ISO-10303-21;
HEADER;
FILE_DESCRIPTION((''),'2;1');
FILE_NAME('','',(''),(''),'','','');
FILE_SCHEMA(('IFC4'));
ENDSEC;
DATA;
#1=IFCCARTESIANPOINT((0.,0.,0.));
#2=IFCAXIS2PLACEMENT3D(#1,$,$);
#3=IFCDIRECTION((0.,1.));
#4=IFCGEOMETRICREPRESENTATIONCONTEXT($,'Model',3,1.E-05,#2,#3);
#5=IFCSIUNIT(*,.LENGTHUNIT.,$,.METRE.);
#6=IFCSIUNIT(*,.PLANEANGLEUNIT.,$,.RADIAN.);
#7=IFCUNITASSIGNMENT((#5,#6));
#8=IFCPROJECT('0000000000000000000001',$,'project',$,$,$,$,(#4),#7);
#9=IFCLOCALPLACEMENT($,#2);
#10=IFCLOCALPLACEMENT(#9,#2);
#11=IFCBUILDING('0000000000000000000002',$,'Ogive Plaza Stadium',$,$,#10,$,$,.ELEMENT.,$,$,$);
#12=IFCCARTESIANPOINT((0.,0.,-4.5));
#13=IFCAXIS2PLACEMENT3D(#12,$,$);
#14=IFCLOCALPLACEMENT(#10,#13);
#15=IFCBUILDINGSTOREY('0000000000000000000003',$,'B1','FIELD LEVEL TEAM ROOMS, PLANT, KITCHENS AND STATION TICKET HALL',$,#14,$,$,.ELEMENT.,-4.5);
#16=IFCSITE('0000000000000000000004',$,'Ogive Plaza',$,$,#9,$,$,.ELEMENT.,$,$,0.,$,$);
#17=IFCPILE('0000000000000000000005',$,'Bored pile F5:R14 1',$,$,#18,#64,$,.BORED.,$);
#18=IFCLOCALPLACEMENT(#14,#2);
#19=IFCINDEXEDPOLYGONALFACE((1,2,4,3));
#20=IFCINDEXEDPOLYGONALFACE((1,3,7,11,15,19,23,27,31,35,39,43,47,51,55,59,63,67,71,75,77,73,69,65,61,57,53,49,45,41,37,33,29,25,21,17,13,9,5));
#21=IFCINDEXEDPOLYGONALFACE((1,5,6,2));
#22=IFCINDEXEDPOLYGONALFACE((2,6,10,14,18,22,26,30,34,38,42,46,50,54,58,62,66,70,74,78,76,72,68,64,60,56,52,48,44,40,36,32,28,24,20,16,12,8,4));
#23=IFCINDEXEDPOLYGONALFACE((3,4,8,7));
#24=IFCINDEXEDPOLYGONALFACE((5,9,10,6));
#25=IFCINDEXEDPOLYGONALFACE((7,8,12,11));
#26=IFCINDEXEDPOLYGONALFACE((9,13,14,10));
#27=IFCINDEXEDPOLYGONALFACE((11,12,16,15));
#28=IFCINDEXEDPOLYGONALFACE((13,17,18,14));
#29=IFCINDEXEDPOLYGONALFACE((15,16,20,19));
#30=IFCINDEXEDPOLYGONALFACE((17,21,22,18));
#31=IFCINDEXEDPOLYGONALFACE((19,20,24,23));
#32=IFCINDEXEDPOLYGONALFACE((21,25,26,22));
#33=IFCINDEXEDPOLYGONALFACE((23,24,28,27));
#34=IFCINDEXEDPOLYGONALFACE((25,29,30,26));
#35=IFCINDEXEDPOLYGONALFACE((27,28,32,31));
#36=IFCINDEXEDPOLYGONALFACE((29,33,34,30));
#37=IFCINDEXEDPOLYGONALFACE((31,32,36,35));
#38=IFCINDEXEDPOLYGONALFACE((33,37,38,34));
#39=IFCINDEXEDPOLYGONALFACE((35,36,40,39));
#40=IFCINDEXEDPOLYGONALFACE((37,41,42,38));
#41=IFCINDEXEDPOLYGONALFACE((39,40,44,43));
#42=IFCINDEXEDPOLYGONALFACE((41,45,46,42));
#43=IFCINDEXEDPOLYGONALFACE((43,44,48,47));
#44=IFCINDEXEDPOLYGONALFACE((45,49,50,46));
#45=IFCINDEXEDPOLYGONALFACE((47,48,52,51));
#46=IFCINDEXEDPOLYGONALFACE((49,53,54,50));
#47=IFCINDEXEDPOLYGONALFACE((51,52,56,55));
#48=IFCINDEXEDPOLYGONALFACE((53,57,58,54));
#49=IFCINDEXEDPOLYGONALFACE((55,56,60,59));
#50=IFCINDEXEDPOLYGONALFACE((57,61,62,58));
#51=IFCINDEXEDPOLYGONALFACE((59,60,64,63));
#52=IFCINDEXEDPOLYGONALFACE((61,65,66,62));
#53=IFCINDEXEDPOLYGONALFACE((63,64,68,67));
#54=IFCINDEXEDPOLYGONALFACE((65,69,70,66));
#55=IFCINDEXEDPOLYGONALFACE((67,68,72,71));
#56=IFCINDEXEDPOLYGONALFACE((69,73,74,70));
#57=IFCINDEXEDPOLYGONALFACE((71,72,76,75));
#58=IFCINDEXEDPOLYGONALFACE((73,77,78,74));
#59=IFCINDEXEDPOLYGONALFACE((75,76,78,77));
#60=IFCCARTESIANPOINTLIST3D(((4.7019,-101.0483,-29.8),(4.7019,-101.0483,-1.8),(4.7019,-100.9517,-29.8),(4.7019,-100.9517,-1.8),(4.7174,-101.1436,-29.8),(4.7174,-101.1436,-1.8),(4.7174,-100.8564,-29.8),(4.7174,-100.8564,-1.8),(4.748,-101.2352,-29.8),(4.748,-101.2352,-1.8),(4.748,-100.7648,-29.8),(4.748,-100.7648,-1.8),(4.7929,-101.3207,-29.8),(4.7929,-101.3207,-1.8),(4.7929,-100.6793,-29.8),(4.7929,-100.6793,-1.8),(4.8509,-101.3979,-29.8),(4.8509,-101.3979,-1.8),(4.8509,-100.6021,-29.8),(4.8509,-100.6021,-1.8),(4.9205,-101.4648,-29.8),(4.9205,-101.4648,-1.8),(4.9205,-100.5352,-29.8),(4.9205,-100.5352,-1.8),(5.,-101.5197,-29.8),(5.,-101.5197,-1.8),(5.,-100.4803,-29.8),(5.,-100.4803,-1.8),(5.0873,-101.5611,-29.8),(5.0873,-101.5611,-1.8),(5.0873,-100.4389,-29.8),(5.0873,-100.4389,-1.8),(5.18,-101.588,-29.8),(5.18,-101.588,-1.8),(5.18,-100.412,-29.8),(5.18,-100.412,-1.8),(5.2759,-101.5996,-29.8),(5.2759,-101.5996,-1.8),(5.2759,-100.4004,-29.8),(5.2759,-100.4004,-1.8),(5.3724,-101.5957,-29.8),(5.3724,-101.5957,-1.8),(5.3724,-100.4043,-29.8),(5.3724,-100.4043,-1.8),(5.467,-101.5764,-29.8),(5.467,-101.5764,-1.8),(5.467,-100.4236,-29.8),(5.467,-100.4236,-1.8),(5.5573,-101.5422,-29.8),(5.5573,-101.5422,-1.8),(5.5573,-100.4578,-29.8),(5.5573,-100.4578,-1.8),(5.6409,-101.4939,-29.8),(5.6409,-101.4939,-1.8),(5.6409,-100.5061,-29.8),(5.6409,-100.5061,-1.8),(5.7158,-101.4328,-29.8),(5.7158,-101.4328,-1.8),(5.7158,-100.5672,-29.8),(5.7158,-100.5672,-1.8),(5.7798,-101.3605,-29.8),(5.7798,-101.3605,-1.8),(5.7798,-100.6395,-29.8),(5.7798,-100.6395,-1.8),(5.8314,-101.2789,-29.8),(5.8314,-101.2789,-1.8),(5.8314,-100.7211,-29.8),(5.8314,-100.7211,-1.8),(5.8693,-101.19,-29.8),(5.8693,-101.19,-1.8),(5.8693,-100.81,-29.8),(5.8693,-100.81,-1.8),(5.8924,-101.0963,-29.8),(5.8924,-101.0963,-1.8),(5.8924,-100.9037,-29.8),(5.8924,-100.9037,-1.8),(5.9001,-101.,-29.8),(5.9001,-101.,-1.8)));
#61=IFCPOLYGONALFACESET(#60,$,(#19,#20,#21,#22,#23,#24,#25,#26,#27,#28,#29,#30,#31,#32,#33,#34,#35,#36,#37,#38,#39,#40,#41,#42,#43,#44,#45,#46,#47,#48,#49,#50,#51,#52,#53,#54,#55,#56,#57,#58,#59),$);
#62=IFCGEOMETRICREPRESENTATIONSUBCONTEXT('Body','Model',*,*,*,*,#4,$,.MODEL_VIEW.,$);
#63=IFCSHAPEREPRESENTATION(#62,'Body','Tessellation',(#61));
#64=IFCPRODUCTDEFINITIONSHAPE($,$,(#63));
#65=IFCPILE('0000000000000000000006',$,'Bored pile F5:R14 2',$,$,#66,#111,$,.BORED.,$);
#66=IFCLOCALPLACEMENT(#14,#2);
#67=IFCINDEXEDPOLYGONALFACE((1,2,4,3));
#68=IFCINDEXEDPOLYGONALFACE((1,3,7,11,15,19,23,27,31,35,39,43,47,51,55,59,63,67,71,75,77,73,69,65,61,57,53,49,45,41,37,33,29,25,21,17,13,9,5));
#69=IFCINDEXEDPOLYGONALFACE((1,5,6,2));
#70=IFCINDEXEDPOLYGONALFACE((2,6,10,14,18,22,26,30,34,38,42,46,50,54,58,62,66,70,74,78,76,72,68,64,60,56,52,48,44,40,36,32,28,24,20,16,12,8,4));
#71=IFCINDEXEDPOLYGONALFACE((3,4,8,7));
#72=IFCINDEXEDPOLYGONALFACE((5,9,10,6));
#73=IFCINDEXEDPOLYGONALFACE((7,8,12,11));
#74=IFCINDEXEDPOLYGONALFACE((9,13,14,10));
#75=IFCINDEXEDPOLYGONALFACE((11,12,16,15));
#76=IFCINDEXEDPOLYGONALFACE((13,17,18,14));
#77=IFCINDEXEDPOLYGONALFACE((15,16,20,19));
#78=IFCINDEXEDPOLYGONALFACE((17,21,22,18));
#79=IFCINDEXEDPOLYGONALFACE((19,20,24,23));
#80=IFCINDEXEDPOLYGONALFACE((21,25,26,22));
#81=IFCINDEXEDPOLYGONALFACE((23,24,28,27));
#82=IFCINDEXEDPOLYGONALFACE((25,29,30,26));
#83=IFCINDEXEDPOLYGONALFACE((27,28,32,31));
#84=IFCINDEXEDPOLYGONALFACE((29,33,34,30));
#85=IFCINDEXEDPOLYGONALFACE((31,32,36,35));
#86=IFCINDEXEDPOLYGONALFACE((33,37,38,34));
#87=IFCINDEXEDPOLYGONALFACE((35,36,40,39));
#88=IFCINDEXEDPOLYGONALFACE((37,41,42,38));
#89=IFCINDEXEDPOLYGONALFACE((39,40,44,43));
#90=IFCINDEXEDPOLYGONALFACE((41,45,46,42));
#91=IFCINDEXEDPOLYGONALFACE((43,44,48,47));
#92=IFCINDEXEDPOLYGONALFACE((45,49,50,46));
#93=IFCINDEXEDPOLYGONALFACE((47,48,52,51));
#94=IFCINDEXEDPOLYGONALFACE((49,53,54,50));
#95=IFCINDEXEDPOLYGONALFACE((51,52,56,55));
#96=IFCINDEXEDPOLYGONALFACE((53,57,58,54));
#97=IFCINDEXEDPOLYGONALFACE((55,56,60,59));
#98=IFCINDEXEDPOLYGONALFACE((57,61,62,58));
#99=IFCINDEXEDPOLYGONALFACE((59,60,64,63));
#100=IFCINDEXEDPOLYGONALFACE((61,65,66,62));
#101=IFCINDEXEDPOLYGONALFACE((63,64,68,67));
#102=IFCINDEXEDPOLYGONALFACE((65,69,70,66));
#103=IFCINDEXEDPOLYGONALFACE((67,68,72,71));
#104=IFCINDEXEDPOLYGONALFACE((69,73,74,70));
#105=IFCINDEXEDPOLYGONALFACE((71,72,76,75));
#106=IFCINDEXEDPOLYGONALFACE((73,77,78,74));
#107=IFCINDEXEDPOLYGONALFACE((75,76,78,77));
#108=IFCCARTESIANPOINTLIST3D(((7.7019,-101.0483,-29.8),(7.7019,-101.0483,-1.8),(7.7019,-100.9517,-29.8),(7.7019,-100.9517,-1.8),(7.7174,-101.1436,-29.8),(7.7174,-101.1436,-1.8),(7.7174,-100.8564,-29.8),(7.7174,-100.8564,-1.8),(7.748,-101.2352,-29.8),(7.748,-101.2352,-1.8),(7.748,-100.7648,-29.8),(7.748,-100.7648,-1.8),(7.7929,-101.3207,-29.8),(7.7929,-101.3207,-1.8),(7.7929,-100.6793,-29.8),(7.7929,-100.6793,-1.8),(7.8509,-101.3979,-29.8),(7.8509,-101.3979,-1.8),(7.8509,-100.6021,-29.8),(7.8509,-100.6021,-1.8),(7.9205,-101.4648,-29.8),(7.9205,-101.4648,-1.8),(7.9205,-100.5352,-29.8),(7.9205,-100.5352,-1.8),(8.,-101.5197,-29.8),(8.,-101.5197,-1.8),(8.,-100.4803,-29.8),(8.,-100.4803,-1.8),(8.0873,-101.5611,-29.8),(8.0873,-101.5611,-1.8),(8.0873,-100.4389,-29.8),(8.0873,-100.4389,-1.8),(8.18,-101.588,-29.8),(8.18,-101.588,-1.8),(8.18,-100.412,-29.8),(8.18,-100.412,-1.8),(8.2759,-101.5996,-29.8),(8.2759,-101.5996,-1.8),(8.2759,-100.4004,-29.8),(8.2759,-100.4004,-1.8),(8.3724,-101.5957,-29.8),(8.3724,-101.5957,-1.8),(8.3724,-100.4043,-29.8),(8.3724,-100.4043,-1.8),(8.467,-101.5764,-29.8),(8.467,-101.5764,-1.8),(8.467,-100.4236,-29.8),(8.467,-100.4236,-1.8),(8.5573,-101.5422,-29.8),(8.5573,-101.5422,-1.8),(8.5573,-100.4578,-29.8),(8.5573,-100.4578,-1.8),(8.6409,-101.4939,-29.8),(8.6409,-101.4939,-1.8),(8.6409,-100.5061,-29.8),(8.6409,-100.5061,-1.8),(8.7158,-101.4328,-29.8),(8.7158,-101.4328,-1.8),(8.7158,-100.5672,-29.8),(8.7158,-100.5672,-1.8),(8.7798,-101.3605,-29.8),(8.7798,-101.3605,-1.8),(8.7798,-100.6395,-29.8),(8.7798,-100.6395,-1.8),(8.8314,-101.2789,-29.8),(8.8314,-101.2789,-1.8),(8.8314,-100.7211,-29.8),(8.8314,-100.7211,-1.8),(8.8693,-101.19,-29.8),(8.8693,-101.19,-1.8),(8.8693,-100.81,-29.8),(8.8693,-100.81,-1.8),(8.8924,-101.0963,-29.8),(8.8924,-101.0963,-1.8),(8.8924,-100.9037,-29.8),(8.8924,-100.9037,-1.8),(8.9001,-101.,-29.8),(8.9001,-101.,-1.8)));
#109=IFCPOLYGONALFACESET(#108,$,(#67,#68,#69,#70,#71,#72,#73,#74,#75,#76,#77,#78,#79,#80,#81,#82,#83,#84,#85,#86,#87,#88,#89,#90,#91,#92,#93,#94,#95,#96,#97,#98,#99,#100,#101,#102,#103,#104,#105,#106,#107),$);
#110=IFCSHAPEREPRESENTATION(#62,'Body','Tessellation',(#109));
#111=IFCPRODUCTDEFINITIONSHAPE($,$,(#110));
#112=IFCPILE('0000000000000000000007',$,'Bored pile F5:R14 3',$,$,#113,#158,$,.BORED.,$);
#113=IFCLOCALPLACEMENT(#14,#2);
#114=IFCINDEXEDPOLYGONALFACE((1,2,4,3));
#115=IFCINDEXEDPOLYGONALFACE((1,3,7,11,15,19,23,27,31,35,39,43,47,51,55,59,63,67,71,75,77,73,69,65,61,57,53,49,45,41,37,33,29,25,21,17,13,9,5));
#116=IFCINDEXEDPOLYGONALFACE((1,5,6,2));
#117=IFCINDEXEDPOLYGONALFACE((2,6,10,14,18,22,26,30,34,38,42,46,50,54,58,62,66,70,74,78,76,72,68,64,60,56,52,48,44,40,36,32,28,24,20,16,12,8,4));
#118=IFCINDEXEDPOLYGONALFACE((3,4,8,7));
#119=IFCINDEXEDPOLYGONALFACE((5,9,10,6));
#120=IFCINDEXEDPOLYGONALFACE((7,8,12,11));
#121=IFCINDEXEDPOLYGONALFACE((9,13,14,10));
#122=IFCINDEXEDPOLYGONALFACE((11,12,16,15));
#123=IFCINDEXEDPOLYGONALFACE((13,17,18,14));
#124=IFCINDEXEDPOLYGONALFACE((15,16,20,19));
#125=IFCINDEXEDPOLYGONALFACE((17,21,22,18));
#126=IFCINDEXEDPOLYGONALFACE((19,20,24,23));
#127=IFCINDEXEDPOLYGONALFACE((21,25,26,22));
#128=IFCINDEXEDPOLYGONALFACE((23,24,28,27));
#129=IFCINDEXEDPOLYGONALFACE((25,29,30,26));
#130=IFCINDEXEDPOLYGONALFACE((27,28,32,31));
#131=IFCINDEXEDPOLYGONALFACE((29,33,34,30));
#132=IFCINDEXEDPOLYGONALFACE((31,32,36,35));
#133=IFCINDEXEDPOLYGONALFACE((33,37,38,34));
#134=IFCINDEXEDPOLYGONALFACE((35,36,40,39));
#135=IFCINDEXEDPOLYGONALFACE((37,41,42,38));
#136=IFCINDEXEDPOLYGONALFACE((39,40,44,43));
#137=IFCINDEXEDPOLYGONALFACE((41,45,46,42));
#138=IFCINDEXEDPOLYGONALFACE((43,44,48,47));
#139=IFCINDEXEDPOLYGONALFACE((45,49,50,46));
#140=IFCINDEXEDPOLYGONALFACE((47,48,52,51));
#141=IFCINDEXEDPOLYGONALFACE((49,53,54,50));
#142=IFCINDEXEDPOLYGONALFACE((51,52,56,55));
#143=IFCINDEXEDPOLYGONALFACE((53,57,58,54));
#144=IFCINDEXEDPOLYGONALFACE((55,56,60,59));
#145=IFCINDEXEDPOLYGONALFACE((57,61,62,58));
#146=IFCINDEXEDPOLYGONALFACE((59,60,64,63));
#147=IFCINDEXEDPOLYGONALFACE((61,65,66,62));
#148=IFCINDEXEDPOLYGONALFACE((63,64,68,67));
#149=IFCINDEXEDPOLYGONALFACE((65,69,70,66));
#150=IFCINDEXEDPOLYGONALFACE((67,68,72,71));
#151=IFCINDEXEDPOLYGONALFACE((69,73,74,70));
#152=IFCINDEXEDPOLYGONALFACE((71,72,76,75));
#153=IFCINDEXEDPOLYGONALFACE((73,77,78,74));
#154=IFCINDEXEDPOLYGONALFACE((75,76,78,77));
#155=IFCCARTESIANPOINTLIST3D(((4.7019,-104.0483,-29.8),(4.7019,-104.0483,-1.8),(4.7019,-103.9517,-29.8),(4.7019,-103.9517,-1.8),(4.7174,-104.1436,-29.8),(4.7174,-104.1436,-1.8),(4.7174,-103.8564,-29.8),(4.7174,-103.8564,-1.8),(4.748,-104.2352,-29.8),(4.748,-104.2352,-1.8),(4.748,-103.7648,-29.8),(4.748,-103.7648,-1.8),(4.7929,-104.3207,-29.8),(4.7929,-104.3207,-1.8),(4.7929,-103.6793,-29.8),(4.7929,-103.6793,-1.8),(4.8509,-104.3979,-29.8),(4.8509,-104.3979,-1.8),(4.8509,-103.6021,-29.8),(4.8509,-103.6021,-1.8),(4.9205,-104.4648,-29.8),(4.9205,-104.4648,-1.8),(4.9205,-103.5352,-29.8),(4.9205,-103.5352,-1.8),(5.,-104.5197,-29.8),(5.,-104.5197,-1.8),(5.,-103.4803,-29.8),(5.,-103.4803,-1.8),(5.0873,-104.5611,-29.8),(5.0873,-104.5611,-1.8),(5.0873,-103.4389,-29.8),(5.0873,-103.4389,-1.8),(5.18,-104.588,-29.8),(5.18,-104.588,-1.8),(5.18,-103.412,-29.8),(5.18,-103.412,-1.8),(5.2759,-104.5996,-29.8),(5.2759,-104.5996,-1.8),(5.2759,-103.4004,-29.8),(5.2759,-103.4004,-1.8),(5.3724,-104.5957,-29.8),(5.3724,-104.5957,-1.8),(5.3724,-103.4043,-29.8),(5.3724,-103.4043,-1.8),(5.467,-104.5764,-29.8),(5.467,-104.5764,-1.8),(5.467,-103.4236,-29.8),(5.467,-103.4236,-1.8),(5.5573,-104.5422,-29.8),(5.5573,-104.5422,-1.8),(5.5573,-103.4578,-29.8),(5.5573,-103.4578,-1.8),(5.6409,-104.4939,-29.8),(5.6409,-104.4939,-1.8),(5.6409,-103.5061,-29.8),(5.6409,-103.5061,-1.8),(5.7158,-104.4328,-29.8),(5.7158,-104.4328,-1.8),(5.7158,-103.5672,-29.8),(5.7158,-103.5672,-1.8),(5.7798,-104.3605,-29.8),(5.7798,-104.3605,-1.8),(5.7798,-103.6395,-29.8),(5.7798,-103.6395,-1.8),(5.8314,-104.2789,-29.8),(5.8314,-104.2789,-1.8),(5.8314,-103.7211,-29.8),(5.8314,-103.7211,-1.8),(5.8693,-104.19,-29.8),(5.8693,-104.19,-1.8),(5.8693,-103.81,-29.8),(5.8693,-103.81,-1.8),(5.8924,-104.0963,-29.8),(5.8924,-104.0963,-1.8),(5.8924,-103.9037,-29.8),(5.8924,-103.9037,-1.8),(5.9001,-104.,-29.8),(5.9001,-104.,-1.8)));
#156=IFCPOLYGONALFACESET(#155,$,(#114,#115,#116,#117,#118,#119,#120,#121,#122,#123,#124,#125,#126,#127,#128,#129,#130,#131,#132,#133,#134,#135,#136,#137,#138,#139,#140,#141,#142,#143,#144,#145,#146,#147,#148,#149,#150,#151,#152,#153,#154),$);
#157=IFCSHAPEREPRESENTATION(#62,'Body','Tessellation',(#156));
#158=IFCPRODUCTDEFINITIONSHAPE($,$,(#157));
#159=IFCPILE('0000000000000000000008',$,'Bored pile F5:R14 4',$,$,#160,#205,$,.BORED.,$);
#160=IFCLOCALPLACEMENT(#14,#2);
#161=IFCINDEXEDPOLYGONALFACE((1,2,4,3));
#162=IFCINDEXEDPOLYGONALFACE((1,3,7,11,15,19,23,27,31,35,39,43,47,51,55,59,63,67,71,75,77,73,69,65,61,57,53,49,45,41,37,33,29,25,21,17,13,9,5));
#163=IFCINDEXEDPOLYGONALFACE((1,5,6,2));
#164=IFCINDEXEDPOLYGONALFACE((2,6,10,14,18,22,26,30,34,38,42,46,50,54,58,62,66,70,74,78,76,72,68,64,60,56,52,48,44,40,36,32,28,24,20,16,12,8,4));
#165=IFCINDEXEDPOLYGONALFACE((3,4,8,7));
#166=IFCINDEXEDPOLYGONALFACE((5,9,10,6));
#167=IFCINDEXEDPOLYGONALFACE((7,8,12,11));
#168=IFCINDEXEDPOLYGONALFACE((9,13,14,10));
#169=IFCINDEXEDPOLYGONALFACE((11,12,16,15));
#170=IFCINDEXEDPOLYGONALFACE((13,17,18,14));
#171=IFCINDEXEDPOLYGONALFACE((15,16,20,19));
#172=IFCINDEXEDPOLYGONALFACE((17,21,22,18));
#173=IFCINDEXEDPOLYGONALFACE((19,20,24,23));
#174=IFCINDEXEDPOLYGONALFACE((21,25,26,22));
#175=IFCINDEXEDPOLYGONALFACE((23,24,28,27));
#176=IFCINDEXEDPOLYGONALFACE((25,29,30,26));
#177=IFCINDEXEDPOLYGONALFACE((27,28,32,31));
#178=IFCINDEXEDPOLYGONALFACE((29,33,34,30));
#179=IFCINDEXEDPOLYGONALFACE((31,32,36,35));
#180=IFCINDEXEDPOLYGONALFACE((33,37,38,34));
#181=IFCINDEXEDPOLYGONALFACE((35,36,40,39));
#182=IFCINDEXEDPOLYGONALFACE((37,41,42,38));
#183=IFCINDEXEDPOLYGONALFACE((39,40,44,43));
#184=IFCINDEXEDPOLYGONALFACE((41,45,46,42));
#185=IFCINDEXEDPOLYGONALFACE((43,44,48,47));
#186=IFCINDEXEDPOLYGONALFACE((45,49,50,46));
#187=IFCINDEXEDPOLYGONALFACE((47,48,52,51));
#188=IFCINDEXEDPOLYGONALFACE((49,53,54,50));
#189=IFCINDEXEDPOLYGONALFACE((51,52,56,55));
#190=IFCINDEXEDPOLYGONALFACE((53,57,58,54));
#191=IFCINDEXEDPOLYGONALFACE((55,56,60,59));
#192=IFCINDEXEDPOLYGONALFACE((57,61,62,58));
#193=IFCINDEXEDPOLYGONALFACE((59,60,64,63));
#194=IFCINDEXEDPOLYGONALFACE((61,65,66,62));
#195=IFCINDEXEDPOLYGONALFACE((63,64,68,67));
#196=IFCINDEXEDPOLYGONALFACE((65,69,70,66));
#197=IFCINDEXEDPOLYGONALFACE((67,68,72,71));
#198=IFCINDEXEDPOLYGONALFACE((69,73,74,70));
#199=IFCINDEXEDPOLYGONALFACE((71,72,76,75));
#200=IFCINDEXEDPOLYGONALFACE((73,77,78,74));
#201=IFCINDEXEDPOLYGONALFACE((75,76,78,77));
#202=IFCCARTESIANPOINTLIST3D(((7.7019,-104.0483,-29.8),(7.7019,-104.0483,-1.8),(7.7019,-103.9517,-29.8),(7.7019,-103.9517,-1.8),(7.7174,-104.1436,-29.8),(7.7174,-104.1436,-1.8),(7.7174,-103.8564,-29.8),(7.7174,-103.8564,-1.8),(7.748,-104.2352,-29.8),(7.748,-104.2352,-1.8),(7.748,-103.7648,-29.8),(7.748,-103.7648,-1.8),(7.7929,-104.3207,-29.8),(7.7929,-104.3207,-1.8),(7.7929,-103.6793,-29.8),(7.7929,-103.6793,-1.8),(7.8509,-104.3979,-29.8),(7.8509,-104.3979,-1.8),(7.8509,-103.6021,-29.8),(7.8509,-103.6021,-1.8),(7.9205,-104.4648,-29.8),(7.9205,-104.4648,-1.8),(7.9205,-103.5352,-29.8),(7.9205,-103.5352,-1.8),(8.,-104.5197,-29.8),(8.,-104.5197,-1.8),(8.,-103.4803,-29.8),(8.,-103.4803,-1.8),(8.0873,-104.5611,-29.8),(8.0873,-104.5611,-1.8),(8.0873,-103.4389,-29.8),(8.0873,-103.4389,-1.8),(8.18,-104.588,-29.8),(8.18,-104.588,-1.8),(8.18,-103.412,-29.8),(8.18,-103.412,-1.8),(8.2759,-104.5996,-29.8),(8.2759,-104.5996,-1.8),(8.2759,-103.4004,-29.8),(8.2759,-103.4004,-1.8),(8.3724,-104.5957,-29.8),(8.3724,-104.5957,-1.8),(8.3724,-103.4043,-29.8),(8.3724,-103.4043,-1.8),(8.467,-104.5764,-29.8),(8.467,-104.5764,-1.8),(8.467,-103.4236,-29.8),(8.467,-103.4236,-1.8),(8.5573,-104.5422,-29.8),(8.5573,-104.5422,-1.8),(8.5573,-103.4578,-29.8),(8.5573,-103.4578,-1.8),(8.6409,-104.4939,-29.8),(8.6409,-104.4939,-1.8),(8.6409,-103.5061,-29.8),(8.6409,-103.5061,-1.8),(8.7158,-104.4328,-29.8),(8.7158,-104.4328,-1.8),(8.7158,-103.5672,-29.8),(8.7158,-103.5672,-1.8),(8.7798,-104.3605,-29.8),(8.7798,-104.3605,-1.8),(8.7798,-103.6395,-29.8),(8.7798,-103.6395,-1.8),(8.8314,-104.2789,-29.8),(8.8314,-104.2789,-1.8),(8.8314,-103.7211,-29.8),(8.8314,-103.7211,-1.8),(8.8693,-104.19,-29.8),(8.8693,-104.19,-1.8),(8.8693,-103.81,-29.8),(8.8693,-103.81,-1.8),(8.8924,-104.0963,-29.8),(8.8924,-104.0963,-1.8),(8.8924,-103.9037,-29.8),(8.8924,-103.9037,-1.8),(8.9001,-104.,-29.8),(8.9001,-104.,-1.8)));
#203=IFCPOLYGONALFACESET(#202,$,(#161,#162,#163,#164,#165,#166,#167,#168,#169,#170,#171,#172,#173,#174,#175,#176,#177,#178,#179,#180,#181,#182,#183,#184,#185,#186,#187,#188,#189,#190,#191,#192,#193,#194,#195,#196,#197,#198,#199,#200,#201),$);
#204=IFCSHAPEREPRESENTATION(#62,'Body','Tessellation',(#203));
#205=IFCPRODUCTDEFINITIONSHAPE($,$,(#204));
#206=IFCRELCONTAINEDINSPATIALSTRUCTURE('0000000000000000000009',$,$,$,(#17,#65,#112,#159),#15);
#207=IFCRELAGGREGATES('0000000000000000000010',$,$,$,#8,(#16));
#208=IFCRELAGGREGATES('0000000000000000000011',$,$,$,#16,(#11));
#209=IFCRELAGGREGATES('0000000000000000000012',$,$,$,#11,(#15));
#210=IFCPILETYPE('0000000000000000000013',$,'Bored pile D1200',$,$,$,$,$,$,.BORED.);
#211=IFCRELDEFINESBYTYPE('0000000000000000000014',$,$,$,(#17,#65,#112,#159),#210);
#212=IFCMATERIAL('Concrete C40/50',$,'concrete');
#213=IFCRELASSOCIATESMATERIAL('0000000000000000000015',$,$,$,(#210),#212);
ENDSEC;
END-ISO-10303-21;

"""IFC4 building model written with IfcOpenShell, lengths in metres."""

from ifc_helpers import new_model, si_unit, direction, frame, origin, origin_2d, place, context, subcontext, project, spatial, circle, extrude, material, material_profile, profile_set, type_object, element, save


model = new_model("IFC4")

# Units and contexts
model_context = context("Model", 3, precision=1e-05, world=origin(), true_north=direction((0.0, 1.0)))
body_context = subcontext(model_context, "Body", "Model", "MODEL_VIEW")
ifc_project = project(units=[si_unit("LENGTHUNIT", "METRE"), si_unit("PLANEANGLEUNIT", "RADIAN")], contexts=[model_context])

# Site, building, storey
site_placement = place(None, origin())
site = spatial("IfcSite", under=ifc_project, at=site_placement, Name="Ogive Plaza", CompositionType="ELEMENT", RefElevation=0.0)
building_placement = place(site_placement, origin())
building = spatial("IfcBuilding", under=site, at=building_placement, Name="Ogive Plaza Stadium", CompositionType="ELEMENT")
storey_placement = place(building_placement, frame((0.0, 0.0, -4.5)))
storey = spatial("IfcBuildingStorey", under=building, at=storey_placement, Name="B1", Description="FIELD LEVEL TEAM ROOMS, PLANT, KITCHENS AND STATION TICKET HALL", CompositionType="ELEMENT", Elevation=-4.5)

# Piles
ifc_material_1 = material(Name="Concrete C40/50", Category="concrete")
ifc_material_profile_1 = material_profile(ifc_material_1, circle(Radius=0.6001, at=origin_2d()), Name="RC D1200")
ifc_profile_set_1 = profile_set([ifc_material_profile_1], Name="Concrete C40/50")
pile_type_1 = type_object("IfcPileType", Name="Bored pile D1200", PredefinedType="BORED", material=ifc_profile_set_1)
for number, where, z_axis, x_axis, name in (
    (1, (5.3, -101.0, -1.8), (0.0, 0.0, -1.0), (1.0, 0.0, 0.0), "Bored pile F5:R14 1"),
    (2, (8.3, -101.0, -1.8), (0.0, 0.0, -1.0), (1.0, 0.0, 0.0), "Bored pile F5:R14 2"),
    (3, (5.3, -104.0, -1.8), (0.0, 0.0, -1.0), (1.0, 0.0, 0.0), "Bored pile F5:R14 3"),
    (4, (8.3, -104.0, -1.8), (0.0, 0.0, -1.0), (1.0, 0.0, 0.0), "Bored pile F5:R14 4"),
):
    element("IfcPile", number, at=place(storey_placement, frame(where, z_axis=z_axis, x_axis=x_axis)), inside=storey, type_object=pile_type_1, Name=name, PredefinedType="BORED", context=body_context, shape_type="SweptSolid", body=[
        extrude(circle(Radius=0.6001, at=origin_2d()), origin(), (0.0, 0.0, 1.0), 28.0),
    ])

save(model, "model.ifc")
